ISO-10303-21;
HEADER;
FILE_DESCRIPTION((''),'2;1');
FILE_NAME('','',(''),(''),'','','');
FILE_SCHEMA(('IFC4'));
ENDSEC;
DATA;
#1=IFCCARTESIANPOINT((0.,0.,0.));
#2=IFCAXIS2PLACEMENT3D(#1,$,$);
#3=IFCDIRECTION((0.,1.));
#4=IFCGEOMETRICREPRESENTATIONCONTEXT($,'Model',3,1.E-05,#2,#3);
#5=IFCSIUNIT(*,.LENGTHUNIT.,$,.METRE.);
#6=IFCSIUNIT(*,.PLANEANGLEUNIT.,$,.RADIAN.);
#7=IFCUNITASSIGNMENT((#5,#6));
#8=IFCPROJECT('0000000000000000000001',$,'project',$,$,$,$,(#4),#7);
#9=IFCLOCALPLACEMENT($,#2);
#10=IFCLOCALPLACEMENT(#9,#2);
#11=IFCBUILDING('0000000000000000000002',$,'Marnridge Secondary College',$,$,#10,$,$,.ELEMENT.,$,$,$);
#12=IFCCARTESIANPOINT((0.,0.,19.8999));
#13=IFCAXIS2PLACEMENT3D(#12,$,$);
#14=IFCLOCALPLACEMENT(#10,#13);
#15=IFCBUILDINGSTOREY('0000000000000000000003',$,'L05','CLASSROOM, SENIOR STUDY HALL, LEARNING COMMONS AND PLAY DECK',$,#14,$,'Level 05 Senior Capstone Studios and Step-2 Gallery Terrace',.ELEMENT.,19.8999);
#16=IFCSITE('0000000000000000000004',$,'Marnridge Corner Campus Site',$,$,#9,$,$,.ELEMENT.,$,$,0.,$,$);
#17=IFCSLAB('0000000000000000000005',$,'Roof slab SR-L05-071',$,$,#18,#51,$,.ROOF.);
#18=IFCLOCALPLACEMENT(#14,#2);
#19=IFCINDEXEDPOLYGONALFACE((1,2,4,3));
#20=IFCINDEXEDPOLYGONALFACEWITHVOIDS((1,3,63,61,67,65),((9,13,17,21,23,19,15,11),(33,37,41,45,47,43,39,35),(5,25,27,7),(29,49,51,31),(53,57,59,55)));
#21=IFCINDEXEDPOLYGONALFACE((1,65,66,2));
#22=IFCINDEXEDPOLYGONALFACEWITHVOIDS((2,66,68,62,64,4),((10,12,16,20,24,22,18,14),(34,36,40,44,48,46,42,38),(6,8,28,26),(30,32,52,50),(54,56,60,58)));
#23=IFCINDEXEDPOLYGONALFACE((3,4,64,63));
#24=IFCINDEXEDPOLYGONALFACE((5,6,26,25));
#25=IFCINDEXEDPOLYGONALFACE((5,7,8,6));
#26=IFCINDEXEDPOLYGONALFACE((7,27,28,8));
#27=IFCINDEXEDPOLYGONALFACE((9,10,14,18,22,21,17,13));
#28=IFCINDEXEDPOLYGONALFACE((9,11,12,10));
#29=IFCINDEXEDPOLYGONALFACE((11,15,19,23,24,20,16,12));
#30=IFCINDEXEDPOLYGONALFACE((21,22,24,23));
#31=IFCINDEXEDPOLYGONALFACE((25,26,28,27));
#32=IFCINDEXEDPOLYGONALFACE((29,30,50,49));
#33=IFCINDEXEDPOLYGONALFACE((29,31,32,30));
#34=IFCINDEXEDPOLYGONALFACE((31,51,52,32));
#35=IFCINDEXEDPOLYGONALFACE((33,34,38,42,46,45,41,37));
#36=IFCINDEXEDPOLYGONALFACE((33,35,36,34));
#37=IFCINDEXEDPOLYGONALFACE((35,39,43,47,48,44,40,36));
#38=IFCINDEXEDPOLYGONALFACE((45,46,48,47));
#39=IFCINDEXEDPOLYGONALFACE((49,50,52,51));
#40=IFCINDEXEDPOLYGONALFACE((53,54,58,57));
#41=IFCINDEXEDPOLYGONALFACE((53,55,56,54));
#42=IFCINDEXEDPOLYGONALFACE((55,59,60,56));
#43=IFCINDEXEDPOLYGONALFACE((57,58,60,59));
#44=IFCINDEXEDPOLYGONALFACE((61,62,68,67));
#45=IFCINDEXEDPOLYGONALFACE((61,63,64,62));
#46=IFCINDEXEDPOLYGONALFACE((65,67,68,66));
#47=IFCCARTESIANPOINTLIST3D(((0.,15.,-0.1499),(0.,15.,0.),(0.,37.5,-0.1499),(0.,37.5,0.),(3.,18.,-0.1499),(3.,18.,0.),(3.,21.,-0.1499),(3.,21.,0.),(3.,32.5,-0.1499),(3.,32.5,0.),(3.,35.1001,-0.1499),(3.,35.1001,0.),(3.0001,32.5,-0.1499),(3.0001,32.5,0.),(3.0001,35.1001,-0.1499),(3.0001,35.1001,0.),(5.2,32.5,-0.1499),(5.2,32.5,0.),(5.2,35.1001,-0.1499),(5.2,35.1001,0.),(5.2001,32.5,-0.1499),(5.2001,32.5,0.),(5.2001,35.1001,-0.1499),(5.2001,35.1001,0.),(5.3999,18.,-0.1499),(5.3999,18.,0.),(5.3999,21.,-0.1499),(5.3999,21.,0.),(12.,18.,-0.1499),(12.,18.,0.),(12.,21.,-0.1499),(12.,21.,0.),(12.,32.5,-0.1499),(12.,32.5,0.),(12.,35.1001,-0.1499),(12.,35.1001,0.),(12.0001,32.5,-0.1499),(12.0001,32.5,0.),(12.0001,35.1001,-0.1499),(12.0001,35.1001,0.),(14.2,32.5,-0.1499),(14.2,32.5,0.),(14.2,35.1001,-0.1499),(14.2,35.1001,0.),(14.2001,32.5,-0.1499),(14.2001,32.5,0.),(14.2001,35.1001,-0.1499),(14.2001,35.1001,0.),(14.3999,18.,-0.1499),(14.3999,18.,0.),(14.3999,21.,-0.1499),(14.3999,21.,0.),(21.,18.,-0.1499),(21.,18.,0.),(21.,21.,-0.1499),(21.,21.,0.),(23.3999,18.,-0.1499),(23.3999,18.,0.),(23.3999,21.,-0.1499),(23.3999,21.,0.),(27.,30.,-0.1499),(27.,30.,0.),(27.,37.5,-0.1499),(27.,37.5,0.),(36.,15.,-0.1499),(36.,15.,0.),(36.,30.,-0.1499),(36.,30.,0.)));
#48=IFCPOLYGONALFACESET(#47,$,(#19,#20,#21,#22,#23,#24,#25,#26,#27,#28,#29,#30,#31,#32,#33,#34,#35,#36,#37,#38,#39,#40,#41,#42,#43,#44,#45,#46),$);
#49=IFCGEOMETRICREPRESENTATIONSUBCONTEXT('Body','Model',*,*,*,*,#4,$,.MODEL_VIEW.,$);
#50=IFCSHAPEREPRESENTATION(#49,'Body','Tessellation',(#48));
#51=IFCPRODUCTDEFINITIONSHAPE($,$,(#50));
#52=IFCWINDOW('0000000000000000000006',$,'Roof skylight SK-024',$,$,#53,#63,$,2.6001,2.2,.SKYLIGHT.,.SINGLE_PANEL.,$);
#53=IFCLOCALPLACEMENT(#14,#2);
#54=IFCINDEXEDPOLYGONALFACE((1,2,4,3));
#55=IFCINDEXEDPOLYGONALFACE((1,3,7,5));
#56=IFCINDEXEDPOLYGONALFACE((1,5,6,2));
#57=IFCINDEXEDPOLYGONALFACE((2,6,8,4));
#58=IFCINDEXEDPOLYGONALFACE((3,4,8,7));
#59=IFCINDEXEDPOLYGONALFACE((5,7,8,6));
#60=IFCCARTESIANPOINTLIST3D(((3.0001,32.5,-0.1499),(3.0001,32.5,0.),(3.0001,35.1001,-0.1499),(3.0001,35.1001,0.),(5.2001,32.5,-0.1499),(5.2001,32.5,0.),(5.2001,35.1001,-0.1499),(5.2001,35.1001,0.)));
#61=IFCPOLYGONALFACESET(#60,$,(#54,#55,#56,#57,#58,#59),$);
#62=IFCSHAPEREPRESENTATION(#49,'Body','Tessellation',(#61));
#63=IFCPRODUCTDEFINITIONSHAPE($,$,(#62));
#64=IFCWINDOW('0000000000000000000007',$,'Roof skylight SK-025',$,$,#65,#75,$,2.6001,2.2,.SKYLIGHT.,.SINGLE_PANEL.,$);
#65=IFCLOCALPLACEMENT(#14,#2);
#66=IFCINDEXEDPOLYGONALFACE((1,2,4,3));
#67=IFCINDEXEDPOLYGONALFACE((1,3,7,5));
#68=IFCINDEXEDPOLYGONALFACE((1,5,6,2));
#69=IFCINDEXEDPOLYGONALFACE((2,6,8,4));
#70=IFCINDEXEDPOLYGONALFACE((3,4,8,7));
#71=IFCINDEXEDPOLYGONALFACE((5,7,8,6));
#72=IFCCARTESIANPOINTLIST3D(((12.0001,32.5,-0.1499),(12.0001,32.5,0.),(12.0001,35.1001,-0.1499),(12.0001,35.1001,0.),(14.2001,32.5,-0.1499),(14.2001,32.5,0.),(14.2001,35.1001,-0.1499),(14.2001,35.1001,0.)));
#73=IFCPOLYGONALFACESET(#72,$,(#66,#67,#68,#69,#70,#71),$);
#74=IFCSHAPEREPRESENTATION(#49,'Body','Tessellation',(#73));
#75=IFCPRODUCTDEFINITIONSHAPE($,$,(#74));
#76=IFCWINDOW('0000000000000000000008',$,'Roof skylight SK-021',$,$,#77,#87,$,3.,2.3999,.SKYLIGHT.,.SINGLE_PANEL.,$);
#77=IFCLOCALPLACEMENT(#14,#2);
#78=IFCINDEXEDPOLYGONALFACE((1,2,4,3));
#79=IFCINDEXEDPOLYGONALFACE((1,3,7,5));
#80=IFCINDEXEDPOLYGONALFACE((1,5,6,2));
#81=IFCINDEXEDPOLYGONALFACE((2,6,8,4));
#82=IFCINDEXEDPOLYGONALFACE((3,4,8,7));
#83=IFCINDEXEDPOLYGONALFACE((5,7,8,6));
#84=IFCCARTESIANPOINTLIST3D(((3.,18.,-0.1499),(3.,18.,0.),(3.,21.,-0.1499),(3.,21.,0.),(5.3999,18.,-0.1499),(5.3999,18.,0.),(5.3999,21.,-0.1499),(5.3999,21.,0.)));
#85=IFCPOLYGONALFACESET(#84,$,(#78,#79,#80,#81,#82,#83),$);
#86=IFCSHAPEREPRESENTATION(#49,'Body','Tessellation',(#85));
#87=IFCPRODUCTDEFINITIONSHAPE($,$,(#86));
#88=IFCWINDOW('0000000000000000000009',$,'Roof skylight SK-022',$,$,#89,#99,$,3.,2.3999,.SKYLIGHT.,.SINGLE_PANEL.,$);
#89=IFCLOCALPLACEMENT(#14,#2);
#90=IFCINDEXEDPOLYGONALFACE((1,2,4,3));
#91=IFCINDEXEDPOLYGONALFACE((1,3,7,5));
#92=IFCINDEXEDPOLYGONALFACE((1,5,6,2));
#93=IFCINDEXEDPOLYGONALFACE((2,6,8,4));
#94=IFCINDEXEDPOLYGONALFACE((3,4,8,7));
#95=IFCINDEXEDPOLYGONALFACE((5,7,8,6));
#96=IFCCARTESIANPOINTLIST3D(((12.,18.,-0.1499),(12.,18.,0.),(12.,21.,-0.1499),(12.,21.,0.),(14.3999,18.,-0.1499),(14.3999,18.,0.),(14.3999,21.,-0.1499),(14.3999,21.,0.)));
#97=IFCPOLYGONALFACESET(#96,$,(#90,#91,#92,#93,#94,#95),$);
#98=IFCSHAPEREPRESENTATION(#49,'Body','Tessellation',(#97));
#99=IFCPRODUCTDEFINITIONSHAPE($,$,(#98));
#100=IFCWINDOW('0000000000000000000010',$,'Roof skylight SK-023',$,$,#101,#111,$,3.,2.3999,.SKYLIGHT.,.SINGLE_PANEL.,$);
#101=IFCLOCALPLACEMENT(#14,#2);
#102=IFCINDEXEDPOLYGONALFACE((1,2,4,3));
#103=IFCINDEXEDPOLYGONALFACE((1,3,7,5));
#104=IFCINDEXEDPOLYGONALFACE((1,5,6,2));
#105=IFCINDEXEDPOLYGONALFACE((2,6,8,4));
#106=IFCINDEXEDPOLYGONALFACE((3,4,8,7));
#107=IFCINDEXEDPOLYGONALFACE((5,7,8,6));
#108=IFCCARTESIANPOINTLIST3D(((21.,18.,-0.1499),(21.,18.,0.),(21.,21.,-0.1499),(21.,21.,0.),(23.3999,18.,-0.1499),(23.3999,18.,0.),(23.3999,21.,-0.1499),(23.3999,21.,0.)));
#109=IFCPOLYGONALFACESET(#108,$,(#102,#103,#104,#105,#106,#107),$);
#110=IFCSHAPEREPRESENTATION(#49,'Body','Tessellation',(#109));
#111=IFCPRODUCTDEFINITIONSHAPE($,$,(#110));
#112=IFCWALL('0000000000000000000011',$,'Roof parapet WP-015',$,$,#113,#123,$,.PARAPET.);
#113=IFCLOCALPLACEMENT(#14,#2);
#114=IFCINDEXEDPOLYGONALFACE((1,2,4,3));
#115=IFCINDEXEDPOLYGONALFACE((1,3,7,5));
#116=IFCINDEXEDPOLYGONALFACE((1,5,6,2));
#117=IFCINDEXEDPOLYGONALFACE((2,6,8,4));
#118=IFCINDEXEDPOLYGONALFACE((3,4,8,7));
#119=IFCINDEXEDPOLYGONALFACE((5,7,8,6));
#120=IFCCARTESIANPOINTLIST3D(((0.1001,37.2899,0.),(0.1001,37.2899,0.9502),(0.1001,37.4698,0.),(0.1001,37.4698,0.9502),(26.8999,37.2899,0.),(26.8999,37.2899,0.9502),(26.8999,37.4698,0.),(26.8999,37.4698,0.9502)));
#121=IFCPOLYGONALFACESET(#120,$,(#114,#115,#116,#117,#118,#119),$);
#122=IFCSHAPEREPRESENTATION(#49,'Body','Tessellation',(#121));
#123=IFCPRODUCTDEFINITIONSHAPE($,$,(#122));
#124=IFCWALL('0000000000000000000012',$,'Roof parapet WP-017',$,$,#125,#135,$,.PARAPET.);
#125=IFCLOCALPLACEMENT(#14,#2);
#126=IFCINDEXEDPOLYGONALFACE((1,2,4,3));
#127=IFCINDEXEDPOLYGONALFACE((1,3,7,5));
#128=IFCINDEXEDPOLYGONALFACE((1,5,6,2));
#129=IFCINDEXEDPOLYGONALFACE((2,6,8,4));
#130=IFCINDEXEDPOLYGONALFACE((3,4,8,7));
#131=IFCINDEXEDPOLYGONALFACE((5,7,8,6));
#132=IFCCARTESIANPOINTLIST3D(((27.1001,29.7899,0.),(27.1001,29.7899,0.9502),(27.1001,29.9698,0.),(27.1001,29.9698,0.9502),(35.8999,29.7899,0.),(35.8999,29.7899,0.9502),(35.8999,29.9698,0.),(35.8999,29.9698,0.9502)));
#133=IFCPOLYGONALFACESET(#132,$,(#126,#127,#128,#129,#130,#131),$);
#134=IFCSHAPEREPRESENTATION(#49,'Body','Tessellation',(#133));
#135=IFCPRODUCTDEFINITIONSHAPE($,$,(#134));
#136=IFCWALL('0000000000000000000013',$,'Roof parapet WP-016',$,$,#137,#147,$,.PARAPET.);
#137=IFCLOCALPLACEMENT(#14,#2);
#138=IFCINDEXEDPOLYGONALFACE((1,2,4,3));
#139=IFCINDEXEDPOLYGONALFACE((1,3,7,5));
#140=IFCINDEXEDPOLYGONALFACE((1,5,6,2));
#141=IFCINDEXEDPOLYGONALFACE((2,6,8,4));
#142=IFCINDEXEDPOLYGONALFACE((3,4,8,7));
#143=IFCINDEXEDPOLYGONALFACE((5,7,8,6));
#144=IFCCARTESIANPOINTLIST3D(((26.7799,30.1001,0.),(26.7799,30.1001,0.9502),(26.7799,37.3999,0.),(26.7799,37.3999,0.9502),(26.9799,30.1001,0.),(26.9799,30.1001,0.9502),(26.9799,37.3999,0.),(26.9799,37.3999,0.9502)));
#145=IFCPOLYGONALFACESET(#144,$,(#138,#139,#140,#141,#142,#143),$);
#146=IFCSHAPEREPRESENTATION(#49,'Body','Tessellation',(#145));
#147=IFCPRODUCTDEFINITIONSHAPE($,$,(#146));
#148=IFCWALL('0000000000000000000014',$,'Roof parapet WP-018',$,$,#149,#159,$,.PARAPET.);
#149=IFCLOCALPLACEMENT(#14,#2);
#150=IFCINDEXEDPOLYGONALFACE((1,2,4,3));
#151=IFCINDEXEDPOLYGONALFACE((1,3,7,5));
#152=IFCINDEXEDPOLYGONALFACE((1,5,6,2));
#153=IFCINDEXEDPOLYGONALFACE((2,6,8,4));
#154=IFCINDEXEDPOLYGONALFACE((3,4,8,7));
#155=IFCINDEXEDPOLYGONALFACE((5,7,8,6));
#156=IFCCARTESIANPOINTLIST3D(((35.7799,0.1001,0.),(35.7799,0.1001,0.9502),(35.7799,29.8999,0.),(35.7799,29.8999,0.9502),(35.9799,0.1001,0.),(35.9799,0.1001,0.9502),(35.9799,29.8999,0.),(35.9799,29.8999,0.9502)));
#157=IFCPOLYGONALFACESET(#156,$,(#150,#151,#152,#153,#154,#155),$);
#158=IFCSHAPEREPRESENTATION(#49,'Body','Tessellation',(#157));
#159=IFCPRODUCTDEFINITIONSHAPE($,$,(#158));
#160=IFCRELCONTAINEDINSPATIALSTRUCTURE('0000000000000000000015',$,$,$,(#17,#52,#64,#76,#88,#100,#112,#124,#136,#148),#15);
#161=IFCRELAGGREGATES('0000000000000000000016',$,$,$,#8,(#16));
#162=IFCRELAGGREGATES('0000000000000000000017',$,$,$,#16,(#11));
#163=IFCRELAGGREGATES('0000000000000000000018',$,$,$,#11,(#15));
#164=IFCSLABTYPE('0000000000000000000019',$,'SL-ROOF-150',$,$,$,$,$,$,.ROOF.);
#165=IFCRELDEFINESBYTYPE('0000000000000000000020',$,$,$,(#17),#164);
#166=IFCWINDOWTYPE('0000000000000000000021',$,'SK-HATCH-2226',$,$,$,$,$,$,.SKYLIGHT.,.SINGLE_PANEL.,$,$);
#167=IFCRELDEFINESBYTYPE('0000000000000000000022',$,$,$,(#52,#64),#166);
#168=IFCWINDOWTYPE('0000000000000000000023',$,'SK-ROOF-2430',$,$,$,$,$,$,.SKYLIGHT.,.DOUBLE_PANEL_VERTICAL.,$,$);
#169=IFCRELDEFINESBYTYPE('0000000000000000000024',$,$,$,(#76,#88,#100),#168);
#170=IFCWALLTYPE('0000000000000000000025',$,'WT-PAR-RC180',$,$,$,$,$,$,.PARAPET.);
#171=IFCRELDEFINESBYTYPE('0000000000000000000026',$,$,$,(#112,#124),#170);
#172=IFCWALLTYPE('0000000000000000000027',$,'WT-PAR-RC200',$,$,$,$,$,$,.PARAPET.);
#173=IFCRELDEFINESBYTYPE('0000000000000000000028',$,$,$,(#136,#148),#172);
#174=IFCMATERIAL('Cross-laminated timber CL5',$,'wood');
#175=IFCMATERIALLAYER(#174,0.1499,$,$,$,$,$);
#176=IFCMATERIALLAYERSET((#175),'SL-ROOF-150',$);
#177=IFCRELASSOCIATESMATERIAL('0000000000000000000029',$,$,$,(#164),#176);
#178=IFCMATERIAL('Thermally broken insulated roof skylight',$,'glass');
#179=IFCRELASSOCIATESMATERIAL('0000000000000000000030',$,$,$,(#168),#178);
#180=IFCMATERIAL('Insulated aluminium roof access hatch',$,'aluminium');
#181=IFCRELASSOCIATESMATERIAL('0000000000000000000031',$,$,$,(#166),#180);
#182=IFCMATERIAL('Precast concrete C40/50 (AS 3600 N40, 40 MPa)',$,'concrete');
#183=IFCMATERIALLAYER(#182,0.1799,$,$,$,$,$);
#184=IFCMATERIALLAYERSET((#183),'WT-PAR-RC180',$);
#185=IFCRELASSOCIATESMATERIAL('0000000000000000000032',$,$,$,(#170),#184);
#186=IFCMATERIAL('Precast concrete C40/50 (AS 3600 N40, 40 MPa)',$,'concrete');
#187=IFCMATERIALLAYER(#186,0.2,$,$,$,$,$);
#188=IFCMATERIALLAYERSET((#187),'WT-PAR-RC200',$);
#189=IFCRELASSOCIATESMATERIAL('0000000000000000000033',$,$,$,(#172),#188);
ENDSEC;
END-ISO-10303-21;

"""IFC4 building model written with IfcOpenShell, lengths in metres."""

from ifc_helpers import new_model, si_unit, direction, frame, frame_2d, origin, origin_2d, place, context, subcontext, project, spatial, polyline, rectangle, outline, extrude, material, layer, layer_set, type_object, element, fill, save


model = new_model("IFC4")

# Units and contexts
model_context = context("Model", 3, precision=1e-05, world=origin(), true_north=direction((0.0, 1.0)))
body_context = subcontext(model_context, "Body", "Model", "MODEL_VIEW")
ifc_project = project(units=[si_unit("LENGTHUNIT", "METRE"), si_unit("PLANEANGLEUNIT", "RADIAN")], contexts=[model_context])

# Site, building, storey
site_placement = place(None, origin())
site = spatial("IfcSite", under=ifc_project, at=site_placement, Name="Marnridge Corner Campus Site", CompositionType="ELEMENT", RefElevation=0.0)
building_placement = place(site_placement, origin())
building = spatial("IfcBuilding", under=site, at=building_placement, Name="Marnridge Secondary College", CompositionType="ELEMENT")
storey_placement = place(building_placement, frame((0.0, 0.0, 19.8999)))
storey = spatial("IfcBuildingStorey", under=building, at=storey_placement, Name="L05", Description="CLASSROOM, SENIOR STUDY HALL, LEARNING COMMONS AND PLAY DECK", LongName="Level 05 Senior Capstone Studios and Step-2 Gallery Terrace", CompositionType="ELEMENT", Elevation=19.8999)

# Slab, openings, windows
ifc_material_1 = material(Name="Cross-laminated timber CL5", Category="wood")
ifc_layer_1 = layer(ifc_material_1, 0.1499)
ifc_layer_set_1 = layer_set([ifc_layer_1], Name="SL-ROOF-150")
slab_type_1 = type_object("IfcSlabType", Name="SL-ROOF-150", PredefinedType="ROOF", material=ifc_layer_set_1)
ifc_material_2 = material(Name="Thermally broken insulated roof skylight", Category="glass")
window_type_1 = type_object("IfcWindowType", Name="SK-ROOF-2430", PartitioningType="DOUBLE_PANEL_VERTICAL", PredefinedType="SKYLIGHT", material=ifc_material_2)
slab_1_placement = place(storey_placement, frame((0.0, 0.0, -0.1499)))
slab_1 = element("IfcSlab", 1, at=slab_1_placement, inside=storey, type_object=slab_type_1, Name="Roof slab SR-L05-071", PredefinedType="ROOF", context=body_context, shape_type="SweptSolid", body=[
    extrude(outline(polyline([(0.0, 15.0), (36.0, 15.0), (36.0, 30.0), (27.0, 30.0), (27.0, 37.5), (0.0, 37.5), (0.0, 15.0)]), holes=[polyline([(3.0, 18.0), (5.3999, 18.0), (5.3999, 21.0), (3.0, 21.0), (3.0, 18.0)]), polyline([(12.0, 18.0), (14.3999, 18.0), (14.3999, 21.0), (12.0, 21.0), (12.0, 18.0)]), polyline([(21.0, 18.0), (23.3999, 18.0), (23.3999, 21.0), (21.0, 21.0), (21.0, 18.0)]), polyline([(3.0, 32.5), (5.2, 32.5), (5.2, 35.1001), (3.0, 35.1001), (3.0, 32.5)]), polyline([(12.0, 32.5), (14.2, 32.5), (14.2, 35.1001), (12.0, 35.1001), (12.0, 32.5)])]), origin(), (0.0, 0.0, 1.0), 0.1499),
])
opening_1_placement = place(slab_1_placement, frame((4.2, 19.5, 0.0)))
opening_1 = element("IfcOpeningElement", 2, at=opening_1_placement, cuts=slab_1, PredefinedType="OPENING", context=body_context, shape_type="SweptSolid", body=[
    extrude(rectangle(XDim=2.3999, YDim=3.0, at=origin_2d()), frame((0.0, 0.0, -0.01)), (0.0, 0.0, 1.0), 0.1699),
])
opening_2_placement = place(slab_1_placement, frame((13.2, 19.5, 0.0)))
opening_2 = element("IfcOpeningElement", 3, at=opening_2_placement, cuts=slab_1, PredefinedType="OPENING", context=body_context, shape_type="SweptSolid", body=[
    extrude(rectangle(XDim=2.3999, YDim=3.0, at=origin_2d()), frame((0.0, 0.0, -0.01)), (0.0, 0.0, 1.0), 0.1699),
])
opening_3_placement = place(slab_1_placement, frame((22.2, 19.5, 0.0)))
opening_3 = element("IfcOpeningElement", 4, at=opening_3_placement, cuts=slab_1, PredefinedType="OPENING", context=body_context, shape_type="SweptSolid", body=[
    extrude(rectangle(XDim=2.3999, YDim=3.0, at=origin_2d()), frame((0.0, 0.0, -0.01)), (0.0, 0.0, 1.0), 0.1699),
])
opening_4_placement = place(slab_1_placement, frame((4.1001, 33.8, 0.0)))
opening_4 = element("IfcOpeningElement", 5, at=opening_4_placement, cuts=slab_1, PredefinedType="OPENING", context=body_context, shape_type="SweptSolid", body=[
    extrude(rectangle(XDim=2.2, YDim=2.6001, at=origin_2d()), frame((0.0, 0.0, -0.01)), (0.0, 0.0, 1.0), 0.1699),
])
opening_5_placement = place(slab_1_placement, frame((13.1001, 33.8, 0.0)))
opening_5 = element("IfcOpeningElement", 6, at=opening_5_placement, cuts=slab_1, PredefinedType="OPENING", context=body_context, shape_type="SweptSolid", body=[
    extrude(rectangle(XDim=2.2, YDim=2.6001, at=origin_2d()), frame((0.0, 0.0, -0.01)), (0.0, 0.0, 1.0), 0.1699),
])
ifc_material_3 = material(Name="Insulated aluminium roof access hatch", Category="aluminium")
window_type_2 = type_object("IfcWindowType", Name="SK-HATCH-2226", PartitioningType="SINGLE_PANEL", PredefinedType="SKYLIGHT", material=ifc_material_3)
window_1_placement = place(opening_4_placement, origin())
window_1 = element("IfcWindow", 7, at=window_1_placement, inside=storey, type_object=window_type_2, Name="Roof skylight SK-024", OverallHeight=2.6001, OverallWidth=2.2, PartitioningType="SINGLE_PANEL", PredefinedType="SKYLIGHT", context=body_context, shape_type="SweptSolid", body=[
    extrude(rectangle(XDim=2.2, YDim=2.6001, at=origin_2d()), origin(), (0.0, 0.0, 1.0), 0.1499),
])
fill(opening_4, window_1)
window_2_placement = place(opening_5_placement, origin())
window_2 = element("IfcWindow", 8, at=window_2_placement, inside=storey, type_object=window_type_2, Name="Roof skylight SK-025", OverallHeight=2.6001, OverallWidth=2.2, PartitioningType="SINGLE_PANEL", PredefinedType="SKYLIGHT", context=body_context, shape_type="SweptSolid", body=[
    extrude(rectangle(XDim=2.2, YDim=2.6001, at=origin_2d()), origin(), (0.0, 0.0, 1.0), 0.1499),
])
fill(opening_5, window_2)
window_3_placement = place(opening_1_placement, origin())
window_3 = element("IfcWindow", 9, at=window_3_placement, inside=storey, type_object=window_type_1, Name="Roof skylight SK-021", OverallHeight=3.0, OverallWidth=2.3999, PartitioningType="SINGLE_PANEL", PredefinedType="SKYLIGHT", context=body_context, shape_type="SweptSolid", body=[
    extrude(rectangle(XDim=2.3999, YDim=3.0, at=origin_2d()), origin(), (0.0, 0.0, 1.0), 0.1499),
])
fill(opening_1, window_3)
window_4_placement = place(opening_2_placement, origin())
window_4 = element("IfcWindow", 10, at=window_4_placement, inside=storey, type_object=window_type_1, Name="Roof skylight SK-022", OverallHeight=3.0, OverallWidth=2.3999, PartitioningType="SINGLE_PANEL", PredefinedType="SKYLIGHT", context=body_context, shape_type="SweptSolid", body=[
    extrude(rectangle(XDim=2.3999, YDim=3.0, at=origin_2d()), origin(), (0.0, 0.0, 1.0), 0.1499),
])
fill(opening_2, window_4)
window_5_placement = place(opening_3_placement, origin())
window_5 = element("IfcWindow", 11, at=window_5_placement, inside=storey, type_object=window_type_1, Name="Roof skylight SK-023", OverallHeight=3.0, OverallWidth=2.3999, PartitioningType="SINGLE_PANEL", PredefinedType="SKYLIGHT", context=body_context, shape_type="SweptSolid", body=[
    extrude(rectangle(XDim=2.3999, YDim=3.0, at=origin_2d()), origin(), (0.0, 0.0, 1.0), 0.1499),
])
fill(opening_3, window_5)

# Walls
ifc_material_4 = material(Name="Precast concrete C40/50 (AS 3600 N40, 40 MPa)", Category="concrete")
ifc_layer_2 = layer(ifc_material_4, 0.1799)
ifc_layer_set_2 = layer_set([ifc_layer_2], Name="WT-PAR-RC180")
wall_type_1 = type_object("IfcWallType", Name="WT-PAR-RC180", PredefinedType="PARAPET", material=ifc_layer_set_2)
wall_1_placement = place(storey_placement, frame((0.1001, 37.3799, 0.0), z_axis=(0.0, 0.0, 1.0), x_axis=(1.0, 0.0, 0.0)))
element("IfcWall", 12, at=wall_1_placement, inside=storey, type_object=wall_type_1, Name="Roof parapet WP-015", PredefinedType="PARAPET", context=body_context, shape_type="SweptSolid", body=[
    extrude(rectangle(XDim=26.7998, YDim=0.1799, at=frame_2d((13.3999, 0.0))), origin(), (0.0, 0.0, 1.0), 0.9502),
])
wall_2_placement = place(storey_placement, frame((27.1001, 29.8799, 0.0), z_axis=(0.0, 0.0, 1.0), x_axis=(1.0, 0.0, 0.0)))
element("IfcWall", 13, at=wall_2_placement, inside=storey, type_object=wall_type_1, Name="Roof parapet WP-017", PredefinedType="PARAPET", context=body_context, shape_type="SweptSolid", body=[
    extrude(rectangle(XDim=8.7998, YDim=0.1799, at=frame_2d((4.3999, 0.0))), origin(), (0.0, 0.0, 1.0), 0.9502),
])
ifc_material_5 = material(Name="Precast concrete C40/50 (AS 3600 N40, 40 MPa)", Category="concrete")
ifc_layer_3 = layer(ifc_material_5, 0.2)
ifc_layer_set_3 = layer_set([ifc_layer_3], Name="WT-PAR-RC200")
wall_type_2 = type_object("IfcWallType", Name="WT-PAR-RC200", PredefinedType="PARAPET", material=ifc_layer_set_3)
wall_3_placement = place(storey_placement, frame((26.8799, 37.3999, 0.0), z_axis=(0.0, 0.0, 1.0), x_axis=(0.0, -1.0, 0.0)))
element("IfcWall", 14, at=wall_3_placement, inside=storey, type_object=wall_type_2, Name="Roof parapet WP-016", PredefinedType="PARAPET", context=body_context, shape_type="SweptSolid", body=[
    extrude(rectangle(XDim=7.2998, YDim=0.2, at=frame_2d((3.6499, 0.0))), origin(), (0.0, 0.0, 1.0), 0.9502),
])
wall_4_placement = place(storey_placement, frame((35.8799, 29.8999, 0.0), z_axis=(0.0, 0.0, 1.0), x_axis=(0.0, -1.0, 0.0)))
element("IfcWall", 15, at=wall_4_placement, inside=storey, type_object=wall_type_2, Name="Roof parapet WP-018", PredefinedType="PARAPET", context=body_context, shape_type="SweptSolid", body=[
    extrude(rectangle(XDim=29.7998, YDim=0.2, at=frame_2d((14.8999, 0.0))), origin(), (0.0, 0.0, 1.0), 0.9502),
])

save(model, "model.ifc")
